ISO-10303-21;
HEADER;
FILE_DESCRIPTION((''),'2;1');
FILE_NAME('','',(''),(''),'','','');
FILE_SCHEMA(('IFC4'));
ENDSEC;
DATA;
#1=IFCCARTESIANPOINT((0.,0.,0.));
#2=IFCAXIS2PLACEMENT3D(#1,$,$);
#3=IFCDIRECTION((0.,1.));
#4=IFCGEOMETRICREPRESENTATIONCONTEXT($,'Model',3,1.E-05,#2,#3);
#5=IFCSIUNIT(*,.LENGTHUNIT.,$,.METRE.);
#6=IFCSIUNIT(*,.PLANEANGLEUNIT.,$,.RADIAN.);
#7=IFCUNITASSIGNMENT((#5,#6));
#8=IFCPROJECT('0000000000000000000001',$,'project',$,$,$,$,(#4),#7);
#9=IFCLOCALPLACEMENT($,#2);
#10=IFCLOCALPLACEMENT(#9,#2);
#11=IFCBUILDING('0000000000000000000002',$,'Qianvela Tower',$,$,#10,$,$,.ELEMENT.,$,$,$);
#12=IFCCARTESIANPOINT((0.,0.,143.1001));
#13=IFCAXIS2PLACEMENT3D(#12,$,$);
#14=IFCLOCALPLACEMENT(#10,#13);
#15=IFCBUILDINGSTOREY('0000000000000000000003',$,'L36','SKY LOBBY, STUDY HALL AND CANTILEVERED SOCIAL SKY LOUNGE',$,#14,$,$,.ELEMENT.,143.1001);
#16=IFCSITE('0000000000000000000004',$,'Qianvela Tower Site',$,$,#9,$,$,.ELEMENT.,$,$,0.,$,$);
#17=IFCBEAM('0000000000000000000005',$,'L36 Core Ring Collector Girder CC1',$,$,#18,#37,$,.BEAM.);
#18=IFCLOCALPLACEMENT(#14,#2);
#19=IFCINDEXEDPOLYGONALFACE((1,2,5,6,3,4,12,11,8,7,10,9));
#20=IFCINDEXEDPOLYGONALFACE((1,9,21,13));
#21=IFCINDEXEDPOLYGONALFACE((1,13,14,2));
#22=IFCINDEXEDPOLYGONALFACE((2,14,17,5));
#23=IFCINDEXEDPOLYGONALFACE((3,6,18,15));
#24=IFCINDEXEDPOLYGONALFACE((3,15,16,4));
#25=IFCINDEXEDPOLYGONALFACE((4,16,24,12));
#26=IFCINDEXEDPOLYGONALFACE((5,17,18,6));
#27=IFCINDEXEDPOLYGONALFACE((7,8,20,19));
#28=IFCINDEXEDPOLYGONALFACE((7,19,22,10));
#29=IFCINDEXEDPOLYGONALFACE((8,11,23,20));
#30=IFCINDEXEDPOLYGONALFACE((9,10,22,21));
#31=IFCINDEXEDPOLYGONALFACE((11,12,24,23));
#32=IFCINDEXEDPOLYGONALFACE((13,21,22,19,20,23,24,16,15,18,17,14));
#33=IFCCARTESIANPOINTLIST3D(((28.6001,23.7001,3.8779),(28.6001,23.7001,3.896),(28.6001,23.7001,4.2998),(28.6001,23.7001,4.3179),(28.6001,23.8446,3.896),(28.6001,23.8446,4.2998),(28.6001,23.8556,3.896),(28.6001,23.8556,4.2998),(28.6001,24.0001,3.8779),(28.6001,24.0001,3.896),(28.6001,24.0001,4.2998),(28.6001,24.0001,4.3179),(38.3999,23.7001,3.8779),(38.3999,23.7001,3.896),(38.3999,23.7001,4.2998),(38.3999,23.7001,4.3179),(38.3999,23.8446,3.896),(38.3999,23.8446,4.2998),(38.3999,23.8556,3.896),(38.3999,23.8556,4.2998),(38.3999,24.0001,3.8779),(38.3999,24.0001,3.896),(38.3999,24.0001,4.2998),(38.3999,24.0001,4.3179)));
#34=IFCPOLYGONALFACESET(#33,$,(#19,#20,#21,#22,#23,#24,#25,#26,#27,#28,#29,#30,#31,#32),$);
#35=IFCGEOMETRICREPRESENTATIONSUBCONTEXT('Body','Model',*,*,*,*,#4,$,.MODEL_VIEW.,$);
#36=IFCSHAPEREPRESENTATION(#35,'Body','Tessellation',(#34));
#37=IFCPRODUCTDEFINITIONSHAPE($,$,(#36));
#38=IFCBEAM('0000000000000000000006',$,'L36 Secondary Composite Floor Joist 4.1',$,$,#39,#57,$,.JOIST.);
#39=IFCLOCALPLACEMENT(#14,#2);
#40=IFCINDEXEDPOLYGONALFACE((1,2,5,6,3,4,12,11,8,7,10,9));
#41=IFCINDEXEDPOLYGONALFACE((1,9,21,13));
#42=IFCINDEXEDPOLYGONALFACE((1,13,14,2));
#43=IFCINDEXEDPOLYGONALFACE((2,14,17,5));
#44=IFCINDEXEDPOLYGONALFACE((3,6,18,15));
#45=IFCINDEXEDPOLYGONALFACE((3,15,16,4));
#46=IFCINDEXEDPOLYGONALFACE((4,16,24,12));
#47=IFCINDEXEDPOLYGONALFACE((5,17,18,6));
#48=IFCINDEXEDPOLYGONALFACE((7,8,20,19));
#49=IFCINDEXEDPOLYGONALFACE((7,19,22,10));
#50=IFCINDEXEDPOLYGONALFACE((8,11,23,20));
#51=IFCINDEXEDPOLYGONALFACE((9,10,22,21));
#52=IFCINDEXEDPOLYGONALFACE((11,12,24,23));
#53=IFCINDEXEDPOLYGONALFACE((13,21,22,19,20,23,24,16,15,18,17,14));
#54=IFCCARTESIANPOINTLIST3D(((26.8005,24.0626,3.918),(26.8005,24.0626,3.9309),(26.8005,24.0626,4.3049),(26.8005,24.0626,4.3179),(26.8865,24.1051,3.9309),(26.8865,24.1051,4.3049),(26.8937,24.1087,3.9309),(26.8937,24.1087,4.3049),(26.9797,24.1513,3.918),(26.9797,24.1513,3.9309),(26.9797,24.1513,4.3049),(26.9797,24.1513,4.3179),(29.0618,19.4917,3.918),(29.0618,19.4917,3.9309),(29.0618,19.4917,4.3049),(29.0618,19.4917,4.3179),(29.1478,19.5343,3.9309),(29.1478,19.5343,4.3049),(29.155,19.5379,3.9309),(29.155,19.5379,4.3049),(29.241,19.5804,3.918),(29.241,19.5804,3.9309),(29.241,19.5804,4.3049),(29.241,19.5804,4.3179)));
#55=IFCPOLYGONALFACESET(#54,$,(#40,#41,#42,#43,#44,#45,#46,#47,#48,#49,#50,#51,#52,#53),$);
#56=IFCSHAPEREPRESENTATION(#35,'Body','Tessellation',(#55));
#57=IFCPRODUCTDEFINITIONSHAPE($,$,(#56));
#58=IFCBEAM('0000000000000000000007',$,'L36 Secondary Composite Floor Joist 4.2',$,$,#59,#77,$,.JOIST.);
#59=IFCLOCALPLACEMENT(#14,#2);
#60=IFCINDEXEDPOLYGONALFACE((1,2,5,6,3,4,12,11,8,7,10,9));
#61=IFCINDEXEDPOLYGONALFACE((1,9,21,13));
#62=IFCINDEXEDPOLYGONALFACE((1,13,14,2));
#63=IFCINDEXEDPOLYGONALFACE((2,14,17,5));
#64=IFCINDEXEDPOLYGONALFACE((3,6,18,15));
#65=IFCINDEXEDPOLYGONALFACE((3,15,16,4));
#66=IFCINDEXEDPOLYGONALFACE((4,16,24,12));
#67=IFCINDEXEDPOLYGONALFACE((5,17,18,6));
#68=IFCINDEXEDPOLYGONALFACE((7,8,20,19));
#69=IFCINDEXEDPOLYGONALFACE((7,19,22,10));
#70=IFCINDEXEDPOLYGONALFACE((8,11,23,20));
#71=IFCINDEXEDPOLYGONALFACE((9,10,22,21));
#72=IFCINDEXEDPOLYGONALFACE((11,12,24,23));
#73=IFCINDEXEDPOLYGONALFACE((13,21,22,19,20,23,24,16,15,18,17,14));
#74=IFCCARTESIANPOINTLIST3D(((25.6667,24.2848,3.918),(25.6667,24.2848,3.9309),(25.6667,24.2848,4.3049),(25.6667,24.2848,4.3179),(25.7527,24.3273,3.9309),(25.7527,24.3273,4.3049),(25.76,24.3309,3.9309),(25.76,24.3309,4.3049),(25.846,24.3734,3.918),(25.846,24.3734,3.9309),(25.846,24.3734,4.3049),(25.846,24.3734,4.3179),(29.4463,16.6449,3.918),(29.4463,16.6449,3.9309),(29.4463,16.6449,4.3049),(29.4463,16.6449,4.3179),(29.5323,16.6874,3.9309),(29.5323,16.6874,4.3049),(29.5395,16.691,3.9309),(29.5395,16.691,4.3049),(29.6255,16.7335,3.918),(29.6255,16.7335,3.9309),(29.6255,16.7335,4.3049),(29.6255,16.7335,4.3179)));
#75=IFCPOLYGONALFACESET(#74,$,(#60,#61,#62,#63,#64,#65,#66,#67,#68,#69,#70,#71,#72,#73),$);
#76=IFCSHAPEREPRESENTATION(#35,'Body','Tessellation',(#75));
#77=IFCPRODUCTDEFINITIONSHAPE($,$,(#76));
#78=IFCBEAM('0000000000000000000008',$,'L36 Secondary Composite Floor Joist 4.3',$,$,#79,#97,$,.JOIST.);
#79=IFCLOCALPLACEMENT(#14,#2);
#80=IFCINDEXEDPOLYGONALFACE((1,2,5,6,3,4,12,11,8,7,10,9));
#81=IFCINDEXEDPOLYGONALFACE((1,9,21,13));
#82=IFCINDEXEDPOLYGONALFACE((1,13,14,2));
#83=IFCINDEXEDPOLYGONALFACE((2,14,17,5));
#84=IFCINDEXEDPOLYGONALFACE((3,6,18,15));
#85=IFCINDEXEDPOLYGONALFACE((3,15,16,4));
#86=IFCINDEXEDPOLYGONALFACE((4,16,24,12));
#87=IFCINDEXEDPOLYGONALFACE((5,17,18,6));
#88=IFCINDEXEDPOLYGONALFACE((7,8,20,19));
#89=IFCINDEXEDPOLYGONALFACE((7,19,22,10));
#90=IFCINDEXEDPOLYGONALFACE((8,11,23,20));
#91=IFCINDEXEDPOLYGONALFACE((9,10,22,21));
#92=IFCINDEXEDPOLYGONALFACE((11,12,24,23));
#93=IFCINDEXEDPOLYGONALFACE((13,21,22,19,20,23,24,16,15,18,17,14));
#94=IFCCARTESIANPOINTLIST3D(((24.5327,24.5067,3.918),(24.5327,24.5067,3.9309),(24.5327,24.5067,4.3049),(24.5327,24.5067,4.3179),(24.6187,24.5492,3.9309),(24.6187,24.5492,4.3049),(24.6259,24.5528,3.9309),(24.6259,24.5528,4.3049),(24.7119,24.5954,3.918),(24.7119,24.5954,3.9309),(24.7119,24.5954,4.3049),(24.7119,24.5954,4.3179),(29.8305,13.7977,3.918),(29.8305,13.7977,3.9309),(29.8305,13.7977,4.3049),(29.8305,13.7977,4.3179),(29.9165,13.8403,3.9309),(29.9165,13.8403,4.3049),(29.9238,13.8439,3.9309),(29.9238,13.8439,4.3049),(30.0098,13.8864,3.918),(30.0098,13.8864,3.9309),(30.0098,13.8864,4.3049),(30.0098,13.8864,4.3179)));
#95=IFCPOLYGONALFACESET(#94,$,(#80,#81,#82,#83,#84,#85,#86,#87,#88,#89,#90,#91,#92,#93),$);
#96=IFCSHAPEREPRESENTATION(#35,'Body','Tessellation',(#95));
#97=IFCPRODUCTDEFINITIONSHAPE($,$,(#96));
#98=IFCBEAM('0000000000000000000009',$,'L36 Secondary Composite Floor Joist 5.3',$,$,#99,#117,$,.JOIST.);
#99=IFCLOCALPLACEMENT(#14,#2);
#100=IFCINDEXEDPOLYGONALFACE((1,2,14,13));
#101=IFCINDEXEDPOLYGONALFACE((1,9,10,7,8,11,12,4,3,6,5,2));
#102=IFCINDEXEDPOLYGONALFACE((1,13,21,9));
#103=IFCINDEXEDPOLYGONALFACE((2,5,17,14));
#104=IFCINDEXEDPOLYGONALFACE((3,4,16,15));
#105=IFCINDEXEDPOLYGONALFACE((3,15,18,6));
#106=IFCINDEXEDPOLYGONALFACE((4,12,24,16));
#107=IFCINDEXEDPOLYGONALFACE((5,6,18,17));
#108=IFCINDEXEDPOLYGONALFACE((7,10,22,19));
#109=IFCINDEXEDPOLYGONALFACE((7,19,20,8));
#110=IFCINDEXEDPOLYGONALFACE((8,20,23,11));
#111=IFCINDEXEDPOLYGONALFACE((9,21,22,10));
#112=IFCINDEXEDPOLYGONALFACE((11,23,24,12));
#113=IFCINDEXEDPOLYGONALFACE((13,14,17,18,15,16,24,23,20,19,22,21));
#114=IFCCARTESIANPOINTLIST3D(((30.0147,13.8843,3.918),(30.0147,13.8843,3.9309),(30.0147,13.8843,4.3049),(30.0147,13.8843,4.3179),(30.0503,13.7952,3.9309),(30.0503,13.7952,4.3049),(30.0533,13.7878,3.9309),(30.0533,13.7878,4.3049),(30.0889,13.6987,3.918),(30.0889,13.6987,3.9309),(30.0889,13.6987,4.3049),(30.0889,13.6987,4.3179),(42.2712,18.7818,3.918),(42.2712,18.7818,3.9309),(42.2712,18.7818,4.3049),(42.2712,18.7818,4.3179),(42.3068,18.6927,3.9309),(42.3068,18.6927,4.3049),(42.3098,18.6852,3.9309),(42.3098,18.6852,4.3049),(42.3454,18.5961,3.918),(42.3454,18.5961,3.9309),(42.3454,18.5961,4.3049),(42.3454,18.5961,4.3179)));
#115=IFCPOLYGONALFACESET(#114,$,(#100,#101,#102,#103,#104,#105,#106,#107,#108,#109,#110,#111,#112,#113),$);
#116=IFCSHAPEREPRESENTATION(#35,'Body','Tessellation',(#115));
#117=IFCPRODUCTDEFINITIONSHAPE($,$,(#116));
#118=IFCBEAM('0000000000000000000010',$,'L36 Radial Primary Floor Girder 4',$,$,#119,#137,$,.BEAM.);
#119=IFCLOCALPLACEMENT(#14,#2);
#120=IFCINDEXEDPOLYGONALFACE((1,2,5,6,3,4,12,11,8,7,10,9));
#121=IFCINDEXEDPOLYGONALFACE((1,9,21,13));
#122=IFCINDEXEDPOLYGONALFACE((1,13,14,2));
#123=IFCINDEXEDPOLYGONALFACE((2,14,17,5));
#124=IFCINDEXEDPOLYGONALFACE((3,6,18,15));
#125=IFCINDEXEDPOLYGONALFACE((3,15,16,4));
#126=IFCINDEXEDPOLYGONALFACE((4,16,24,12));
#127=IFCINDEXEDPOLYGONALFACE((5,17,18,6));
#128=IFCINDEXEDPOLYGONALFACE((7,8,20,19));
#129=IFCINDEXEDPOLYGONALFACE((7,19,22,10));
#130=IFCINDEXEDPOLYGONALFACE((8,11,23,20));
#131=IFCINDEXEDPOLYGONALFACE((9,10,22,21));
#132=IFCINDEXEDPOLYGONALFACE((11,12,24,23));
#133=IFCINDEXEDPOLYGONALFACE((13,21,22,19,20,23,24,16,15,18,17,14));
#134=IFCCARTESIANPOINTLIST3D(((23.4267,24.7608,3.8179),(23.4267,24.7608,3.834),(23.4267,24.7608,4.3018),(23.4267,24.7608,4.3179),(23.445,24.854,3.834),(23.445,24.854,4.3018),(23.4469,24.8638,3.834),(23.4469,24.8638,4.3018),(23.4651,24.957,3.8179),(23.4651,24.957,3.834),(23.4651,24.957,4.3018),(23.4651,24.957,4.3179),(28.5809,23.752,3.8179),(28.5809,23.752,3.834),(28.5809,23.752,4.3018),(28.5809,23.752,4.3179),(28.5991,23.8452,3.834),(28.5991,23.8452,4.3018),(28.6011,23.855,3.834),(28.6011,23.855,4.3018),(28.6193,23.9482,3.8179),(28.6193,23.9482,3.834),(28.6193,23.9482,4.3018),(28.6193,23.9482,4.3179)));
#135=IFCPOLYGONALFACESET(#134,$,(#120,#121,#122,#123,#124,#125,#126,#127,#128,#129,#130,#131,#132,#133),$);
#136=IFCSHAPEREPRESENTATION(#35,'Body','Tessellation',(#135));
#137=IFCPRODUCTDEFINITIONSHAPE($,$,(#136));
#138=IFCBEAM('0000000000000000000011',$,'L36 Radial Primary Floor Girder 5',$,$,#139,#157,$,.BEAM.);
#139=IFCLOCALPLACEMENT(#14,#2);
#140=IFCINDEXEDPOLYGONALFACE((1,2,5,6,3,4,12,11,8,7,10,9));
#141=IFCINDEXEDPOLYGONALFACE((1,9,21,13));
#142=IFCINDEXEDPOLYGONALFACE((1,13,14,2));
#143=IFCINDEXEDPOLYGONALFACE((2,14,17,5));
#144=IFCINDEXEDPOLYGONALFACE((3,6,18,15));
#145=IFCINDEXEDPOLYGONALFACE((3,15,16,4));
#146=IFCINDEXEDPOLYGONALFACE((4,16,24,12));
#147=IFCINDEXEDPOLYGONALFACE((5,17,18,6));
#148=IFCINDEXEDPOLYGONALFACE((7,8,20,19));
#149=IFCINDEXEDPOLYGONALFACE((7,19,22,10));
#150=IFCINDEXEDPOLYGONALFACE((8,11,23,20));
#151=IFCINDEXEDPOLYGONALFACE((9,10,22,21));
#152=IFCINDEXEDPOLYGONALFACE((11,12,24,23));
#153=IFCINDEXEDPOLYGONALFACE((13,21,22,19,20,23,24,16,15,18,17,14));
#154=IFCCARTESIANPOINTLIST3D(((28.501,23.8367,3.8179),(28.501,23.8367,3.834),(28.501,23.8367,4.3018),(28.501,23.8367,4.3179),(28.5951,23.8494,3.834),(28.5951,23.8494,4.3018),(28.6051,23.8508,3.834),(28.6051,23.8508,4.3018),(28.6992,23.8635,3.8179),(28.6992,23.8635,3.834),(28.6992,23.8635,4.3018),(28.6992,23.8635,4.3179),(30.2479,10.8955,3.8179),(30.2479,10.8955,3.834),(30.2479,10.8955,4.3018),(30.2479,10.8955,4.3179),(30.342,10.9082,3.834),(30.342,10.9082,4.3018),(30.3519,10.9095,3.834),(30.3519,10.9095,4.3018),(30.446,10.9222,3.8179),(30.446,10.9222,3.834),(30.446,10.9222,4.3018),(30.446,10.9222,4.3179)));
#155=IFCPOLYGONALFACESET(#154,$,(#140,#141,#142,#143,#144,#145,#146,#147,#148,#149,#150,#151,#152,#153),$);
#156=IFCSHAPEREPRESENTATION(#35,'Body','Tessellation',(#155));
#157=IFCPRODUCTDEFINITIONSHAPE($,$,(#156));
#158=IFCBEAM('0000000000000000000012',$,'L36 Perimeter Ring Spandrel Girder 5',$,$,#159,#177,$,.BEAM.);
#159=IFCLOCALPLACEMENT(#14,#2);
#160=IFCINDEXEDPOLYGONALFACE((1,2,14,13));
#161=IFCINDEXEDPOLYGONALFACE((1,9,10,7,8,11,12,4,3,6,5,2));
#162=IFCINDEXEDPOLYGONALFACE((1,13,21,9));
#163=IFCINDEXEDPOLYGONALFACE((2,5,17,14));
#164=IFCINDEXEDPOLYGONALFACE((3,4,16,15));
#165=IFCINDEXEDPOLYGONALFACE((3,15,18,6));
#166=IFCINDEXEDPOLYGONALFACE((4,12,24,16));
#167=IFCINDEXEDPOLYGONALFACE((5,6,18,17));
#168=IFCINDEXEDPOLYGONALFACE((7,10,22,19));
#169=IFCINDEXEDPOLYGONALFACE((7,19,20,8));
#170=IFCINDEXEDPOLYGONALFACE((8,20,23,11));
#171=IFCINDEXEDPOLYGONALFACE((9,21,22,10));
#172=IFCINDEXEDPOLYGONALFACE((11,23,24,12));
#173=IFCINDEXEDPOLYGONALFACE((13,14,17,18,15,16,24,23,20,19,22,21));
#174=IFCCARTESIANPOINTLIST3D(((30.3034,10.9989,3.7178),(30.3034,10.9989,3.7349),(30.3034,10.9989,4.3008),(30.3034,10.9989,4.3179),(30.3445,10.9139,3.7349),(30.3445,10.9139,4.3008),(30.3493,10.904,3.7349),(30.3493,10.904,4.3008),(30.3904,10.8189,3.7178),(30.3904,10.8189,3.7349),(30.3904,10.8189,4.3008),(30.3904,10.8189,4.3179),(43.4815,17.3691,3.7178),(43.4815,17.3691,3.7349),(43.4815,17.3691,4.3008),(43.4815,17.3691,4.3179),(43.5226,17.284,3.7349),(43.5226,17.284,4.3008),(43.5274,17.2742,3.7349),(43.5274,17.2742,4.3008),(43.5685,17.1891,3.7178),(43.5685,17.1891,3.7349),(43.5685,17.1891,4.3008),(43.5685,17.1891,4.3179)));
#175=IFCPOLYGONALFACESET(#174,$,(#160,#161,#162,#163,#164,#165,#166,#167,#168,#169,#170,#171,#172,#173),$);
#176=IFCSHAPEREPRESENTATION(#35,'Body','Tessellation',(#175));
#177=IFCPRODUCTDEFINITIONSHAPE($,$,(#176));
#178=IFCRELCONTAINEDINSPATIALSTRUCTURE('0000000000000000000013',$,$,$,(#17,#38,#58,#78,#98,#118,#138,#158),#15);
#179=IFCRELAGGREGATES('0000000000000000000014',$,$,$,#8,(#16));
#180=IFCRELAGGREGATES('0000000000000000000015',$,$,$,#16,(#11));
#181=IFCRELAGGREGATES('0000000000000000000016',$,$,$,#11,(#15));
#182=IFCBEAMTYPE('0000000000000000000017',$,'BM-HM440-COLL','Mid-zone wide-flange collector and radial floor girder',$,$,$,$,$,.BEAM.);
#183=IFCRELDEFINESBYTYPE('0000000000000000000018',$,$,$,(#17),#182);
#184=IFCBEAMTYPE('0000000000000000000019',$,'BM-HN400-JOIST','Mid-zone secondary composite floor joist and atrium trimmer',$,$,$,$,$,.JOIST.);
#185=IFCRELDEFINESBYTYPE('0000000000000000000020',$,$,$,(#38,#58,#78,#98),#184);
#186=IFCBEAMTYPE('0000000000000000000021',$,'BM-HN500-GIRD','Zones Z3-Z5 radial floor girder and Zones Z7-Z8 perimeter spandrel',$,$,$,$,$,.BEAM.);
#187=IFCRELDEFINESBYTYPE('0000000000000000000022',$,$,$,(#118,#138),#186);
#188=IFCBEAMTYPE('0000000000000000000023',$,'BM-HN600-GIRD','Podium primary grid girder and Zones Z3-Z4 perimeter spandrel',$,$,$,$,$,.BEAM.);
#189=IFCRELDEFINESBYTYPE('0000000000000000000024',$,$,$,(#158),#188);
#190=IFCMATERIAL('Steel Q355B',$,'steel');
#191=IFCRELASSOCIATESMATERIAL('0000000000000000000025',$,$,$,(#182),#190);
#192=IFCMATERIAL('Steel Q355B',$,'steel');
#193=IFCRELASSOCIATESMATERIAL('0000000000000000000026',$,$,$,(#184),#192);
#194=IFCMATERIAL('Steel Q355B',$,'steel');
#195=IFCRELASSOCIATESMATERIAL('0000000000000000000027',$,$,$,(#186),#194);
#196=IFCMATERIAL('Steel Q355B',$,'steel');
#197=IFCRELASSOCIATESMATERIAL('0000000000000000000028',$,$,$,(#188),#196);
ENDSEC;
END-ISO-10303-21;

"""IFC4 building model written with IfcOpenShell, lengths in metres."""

from ifc_helpers import new_model, si_unit, direction, frame, origin, origin_2d, place, context, subcontext, project, spatial, i_section, extrude, material, material_profile, profile_set, type_object, element, save


model = new_model("IFC4")

# Units and contexts
model_context = context("Model", 3, precision=1e-05, world=origin(), true_north=direction((0.0, 1.0)))
body_context = subcontext(model_context, "Body", "Model", "MODEL_VIEW")
ifc_project = project(units=[si_unit("LENGTHUNIT", "METRE"), si_unit("PLANEANGLEUNIT", "RADIAN")], contexts=[model_context])

# Site, building, storey
site_placement = place(None, origin())
site = spatial("IfcSite", under=ifc_project, at=site_placement, Name="Qianvela Tower Site", CompositionType="ELEMENT", RefElevation=0.0)
building_placement = place(site_placement, origin())
building = spatial("IfcBuilding", under=site, at=building_placement, Name="Qianvela Tower", CompositionType="ELEMENT")
storey_placement = place(building_placement, frame((0.0, 0.0, 143.1001)))
storey = spatial("IfcBuildingStorey", under=building, at=storey_placement, Name="L36", Description="SKY LOBBY, STUDY HALL AND CANTILEVERED SOCIAL SKY LOUNGE", CompositionType="ELEMENT", Elevation=143.1001)

# Beams
ifc_material_1 = material(Name="Steel Q355B", Category="steel")
ifc_material_profile_1 = material_profile(ifc_material_1, i_section(OverallWidth=0.3, OverallDepth=0.4399, WebThickness=0.011, FlangeThickness=0.0181, at=origin_2d()), Name="HM440x300x11x18")
ifc_profile_set_1 = profile_set([ifc_material_profile_1], Name="Steel Q355B")
beam_type_1 = type_object("IfcBeamType", Name="BM-HM440-COLL", Description="Mid-zone wide-flange collector and radial floor girder", PredefinedType="BEAM", material=ifc_profile_set_1)
beam_1_placement = place(storey_placement, frame((28.6001, 23.8501, 4.0979), z_axis=(1.0, 0.0, 0.0), x_axis=(0.0, 1.0, 0.0)))
element("IfcBeam", 1, at=beam_1_placement, inside=storey, type_object=beam_type_1, Name="L36 Core Ring Collector Girder CC1", PredefinedType="BEAM", context=body_context, shape_type="SweptSolid", body=[
    extrude(i_section(OverallWidth=0.3, OverallDepth=0.4399, WebThickness=0.011, FlangeThickness=0.0181, at=origin_2d()), origin(), (0.0, 0.0, 1.0), 9.7998),
])
ifc_material_2 = material(Name="Steel Q355B", Category="steel")
ifc_material_profile_2 = material_profile(ifc_material_2, i_section(OverallWidth=0.2, OverallDepth=0.3999, WebThickness=0.0081, FlangeThickness=0.0129, at=origin_2d()), Name="HN400x200x8x13")
ifc_profile_set_2 = profile_set([ifc_material_profile_2], Name="Steel Q355B")
beam_type_2 = type_object("IfcBeamType", Name="BM-HN400-JOIST", Description="Mid-zone secondary composite floor joist and atrium trimmer", PredefinedType="JOIST", material=ifc_profile_set_2)
beam_2_placement = place(storey_placement, frame((26.8901, 24.1069, 4.1179), z_axis=(0.443418, -0.896315, 0.0), x_axis=(0.896315, 0.443418, 0.0)))
element("IfcBeam", 2, at=beam_2_placement, inside=storey, type_object=beam_type_2, Name="L36 Secondary Composite Floor Joist 4.1", PredefinedType="JOIST", context=body_context, shape_type="SweptSolid", body=[
    extrude(i_section(OverallWidth=0.2, OverallDepth=0.3999, WebThickness=0.0081, FlangeThickness=0.0129, at=origin_2d()), origin(), (0.0, 0.0, 1.0), 5.0996),
])
beam_3_placement = place(storey_placement, frame((25.7563, 24.3291, 4.1179), z_axis=(0.443417, -0.896315, 0.0), x_axis=(0.896315, 0.443417, 0.0)))
element("IfcBeam", 3, at=beam_3_placement, inside=storey, type_object=beam_type_2, Name="L36 Secondary Composite Floor Joist 4.2", PredefinedType="JOIST", context=body_context, shape_type="SweptSolid", body=[
    extrude(i_section(OverallWidth=0.2, OverallDepth=0.3999, WebThickness=0.0081, FlangeThickness=0.0129, at=origin_2d()), origin(), (0.0, 0.0, 1.0), 8.5237),
])
beam_4_placement = place(storey_placement, frame((24.6223, 24.551, 4.1179), z_axis=(0.443417, -0.896315, 0.0), x_axis=(0.896315, 0.443417, 0.0)))
element("IfcBeam", 4, at=beam_4_placement, inside=storey, type_object=beam_type_2, Name="L36 Secondary Composite Floor Joist 4.3", PredefinedType="JOIST", context=body_context, shape_type="SweptSolid", body=[
    extrude(i_section(OverallWidth=0.2, OverallDepth=0.3999, WebThickness=0.0081, FlangeThickness=0.0129, at=origin_2d()), origin(), (0.0, 0.0, 1.0), 11.9478),
])
beam_5_placement = place(storey_placement, frame((30.0518, 13.7915, 4.1179), z_axis=(0.928612, 0.371053, 0.0), x_axis=(-0.371053, 0.928612, 0.0)))
element("IfcBeam", 5, at=beam_5_placement, inside=storey, type_object=beam_type_2, Name="L36 Secondary Composite Floor Joist 5.3", PredefinedType="JOIST", context=body_context, shape_type="SweptSolid", body=[
    extrude(i_section(OverallWidth=0.2, OverallDepth=0.3999, WebThickness=0.0081, FlangeThickness=0.0129, at=origin_2d()), origin(), (0.0, 0.0, 1.0), 13.1987),
])
ifc_material_3 = material(Name="Steel Q355B", Category="steel")
ifc_material_profile_3 = material_profile(ifc_material_3, i_section(OverallWidth=0.2, OverallDepth=0.5, WebThickness=0.01, FlangeThickness=0.0161, at=origin_2d()), Name="HN500x200x10x16")
ifc_profile_set_3 = profile_set([ifc_material_profile_3], Name="Steel Q355B")
beam_type_3 = type_object("IfcBeamType", Name="BM-HN500-GIRD", Description="Zones Z3-Z5 radial floor girder and Zones Z7-Z8 perimeter spandrel", PredefinedType="BEAM", material=ifc_profile_set_3)
beam_6_placement = place(storey_placement, frame((28.6001, 23.8501, 4.0679), z_axis=(-0.981379, 0.192083, 0.0), x_axis=(-0.192083, -0.981379, 0.0)))
element("IfcBeam", 6, at=beam_6_placement, inside=storey, type_object=beam_type_3, Name="L36 Radial Primary Floor Girder 4", PredefinedType="BEAM", context=body_context, shape_type="SweptSolid", body=[
    extrude(i_section(OverallWidth=0.2, OverallDepth=0.5, WebThickness=0.01, FlangeThickness=0.0161, at=origin_2d()), origin(), (0.0, 0.0, 1.0), 5.252),
])
beam_7_placement = place(storey_placement, frame((28.6001, 23.8501, 4.0679), z_axis=(0.133769, -0.991013, 0.0), x_axis=(0.991013, 0.133769, 0.0)))
element("IfcBeam", 7, at=beam_7_placement, inside=storey, type_object=beam_type_3, Name="L36 Radial Primary Floor Girder 5", PredefinedType="BEAM", context=body_context, shape_type="SweptSolid", body=[
    extrude(i_section(OverallWidth=0.2, OverallDepth=0.5, WebThickness=0.01, FlangeThickness=0.0161, at=origin_2d()), origin(), (0.0, 0.0, 1.0), 13.0586),
])
ifc_material_4 = material(Name="Steel Q355B", Category="steel")
ifc_material_profile_4 = material_profile(ifc_material_4, i_section(OverallWidth=0.2, OverallDepth=0.6001, WebThickness=0.011, FlangeThickness=0.0171, at=origin_2d()), Name="HN600x200x11x17")
ifc_profile_set_4 = profile_set([ifc_material_profile_4], Name="Steel Q355B")
beam_type_4 = type_object("IfcBeamType", Name="BM-HN600-GIRD", Description="Podium primary grid girder and Zones Z3-Z4 perimeter spandrel", PredefinedType="BEAM", material=ifc_profile_set_4)
beam_8_placement = place(storey_placement, frame((30.3469, 10.9089, 4.0178), z_axis=(0.900329, 0.435211, 0.0), x_axis=(-0.435211, 0.900329, 0.0)))
element("IfcBeam", 8, at=beam_8_placement, inside=storey, type_object=beam_type_4, Name="L36 Perimeter Ring Spandrel Girder 5", PredefinedType="BEAM", context=body_context, shape_type="SweptSolid", body=[
    extrude(i_section(OverallWidth=0.2, OverallDepth=0.6001, WebThickness=0.011, FlangeThickness=0.0171, at=origin_2d()), origin(), (0.0, 0.0, 1.0), 14.637),
])

save(model, "model.ifc")
